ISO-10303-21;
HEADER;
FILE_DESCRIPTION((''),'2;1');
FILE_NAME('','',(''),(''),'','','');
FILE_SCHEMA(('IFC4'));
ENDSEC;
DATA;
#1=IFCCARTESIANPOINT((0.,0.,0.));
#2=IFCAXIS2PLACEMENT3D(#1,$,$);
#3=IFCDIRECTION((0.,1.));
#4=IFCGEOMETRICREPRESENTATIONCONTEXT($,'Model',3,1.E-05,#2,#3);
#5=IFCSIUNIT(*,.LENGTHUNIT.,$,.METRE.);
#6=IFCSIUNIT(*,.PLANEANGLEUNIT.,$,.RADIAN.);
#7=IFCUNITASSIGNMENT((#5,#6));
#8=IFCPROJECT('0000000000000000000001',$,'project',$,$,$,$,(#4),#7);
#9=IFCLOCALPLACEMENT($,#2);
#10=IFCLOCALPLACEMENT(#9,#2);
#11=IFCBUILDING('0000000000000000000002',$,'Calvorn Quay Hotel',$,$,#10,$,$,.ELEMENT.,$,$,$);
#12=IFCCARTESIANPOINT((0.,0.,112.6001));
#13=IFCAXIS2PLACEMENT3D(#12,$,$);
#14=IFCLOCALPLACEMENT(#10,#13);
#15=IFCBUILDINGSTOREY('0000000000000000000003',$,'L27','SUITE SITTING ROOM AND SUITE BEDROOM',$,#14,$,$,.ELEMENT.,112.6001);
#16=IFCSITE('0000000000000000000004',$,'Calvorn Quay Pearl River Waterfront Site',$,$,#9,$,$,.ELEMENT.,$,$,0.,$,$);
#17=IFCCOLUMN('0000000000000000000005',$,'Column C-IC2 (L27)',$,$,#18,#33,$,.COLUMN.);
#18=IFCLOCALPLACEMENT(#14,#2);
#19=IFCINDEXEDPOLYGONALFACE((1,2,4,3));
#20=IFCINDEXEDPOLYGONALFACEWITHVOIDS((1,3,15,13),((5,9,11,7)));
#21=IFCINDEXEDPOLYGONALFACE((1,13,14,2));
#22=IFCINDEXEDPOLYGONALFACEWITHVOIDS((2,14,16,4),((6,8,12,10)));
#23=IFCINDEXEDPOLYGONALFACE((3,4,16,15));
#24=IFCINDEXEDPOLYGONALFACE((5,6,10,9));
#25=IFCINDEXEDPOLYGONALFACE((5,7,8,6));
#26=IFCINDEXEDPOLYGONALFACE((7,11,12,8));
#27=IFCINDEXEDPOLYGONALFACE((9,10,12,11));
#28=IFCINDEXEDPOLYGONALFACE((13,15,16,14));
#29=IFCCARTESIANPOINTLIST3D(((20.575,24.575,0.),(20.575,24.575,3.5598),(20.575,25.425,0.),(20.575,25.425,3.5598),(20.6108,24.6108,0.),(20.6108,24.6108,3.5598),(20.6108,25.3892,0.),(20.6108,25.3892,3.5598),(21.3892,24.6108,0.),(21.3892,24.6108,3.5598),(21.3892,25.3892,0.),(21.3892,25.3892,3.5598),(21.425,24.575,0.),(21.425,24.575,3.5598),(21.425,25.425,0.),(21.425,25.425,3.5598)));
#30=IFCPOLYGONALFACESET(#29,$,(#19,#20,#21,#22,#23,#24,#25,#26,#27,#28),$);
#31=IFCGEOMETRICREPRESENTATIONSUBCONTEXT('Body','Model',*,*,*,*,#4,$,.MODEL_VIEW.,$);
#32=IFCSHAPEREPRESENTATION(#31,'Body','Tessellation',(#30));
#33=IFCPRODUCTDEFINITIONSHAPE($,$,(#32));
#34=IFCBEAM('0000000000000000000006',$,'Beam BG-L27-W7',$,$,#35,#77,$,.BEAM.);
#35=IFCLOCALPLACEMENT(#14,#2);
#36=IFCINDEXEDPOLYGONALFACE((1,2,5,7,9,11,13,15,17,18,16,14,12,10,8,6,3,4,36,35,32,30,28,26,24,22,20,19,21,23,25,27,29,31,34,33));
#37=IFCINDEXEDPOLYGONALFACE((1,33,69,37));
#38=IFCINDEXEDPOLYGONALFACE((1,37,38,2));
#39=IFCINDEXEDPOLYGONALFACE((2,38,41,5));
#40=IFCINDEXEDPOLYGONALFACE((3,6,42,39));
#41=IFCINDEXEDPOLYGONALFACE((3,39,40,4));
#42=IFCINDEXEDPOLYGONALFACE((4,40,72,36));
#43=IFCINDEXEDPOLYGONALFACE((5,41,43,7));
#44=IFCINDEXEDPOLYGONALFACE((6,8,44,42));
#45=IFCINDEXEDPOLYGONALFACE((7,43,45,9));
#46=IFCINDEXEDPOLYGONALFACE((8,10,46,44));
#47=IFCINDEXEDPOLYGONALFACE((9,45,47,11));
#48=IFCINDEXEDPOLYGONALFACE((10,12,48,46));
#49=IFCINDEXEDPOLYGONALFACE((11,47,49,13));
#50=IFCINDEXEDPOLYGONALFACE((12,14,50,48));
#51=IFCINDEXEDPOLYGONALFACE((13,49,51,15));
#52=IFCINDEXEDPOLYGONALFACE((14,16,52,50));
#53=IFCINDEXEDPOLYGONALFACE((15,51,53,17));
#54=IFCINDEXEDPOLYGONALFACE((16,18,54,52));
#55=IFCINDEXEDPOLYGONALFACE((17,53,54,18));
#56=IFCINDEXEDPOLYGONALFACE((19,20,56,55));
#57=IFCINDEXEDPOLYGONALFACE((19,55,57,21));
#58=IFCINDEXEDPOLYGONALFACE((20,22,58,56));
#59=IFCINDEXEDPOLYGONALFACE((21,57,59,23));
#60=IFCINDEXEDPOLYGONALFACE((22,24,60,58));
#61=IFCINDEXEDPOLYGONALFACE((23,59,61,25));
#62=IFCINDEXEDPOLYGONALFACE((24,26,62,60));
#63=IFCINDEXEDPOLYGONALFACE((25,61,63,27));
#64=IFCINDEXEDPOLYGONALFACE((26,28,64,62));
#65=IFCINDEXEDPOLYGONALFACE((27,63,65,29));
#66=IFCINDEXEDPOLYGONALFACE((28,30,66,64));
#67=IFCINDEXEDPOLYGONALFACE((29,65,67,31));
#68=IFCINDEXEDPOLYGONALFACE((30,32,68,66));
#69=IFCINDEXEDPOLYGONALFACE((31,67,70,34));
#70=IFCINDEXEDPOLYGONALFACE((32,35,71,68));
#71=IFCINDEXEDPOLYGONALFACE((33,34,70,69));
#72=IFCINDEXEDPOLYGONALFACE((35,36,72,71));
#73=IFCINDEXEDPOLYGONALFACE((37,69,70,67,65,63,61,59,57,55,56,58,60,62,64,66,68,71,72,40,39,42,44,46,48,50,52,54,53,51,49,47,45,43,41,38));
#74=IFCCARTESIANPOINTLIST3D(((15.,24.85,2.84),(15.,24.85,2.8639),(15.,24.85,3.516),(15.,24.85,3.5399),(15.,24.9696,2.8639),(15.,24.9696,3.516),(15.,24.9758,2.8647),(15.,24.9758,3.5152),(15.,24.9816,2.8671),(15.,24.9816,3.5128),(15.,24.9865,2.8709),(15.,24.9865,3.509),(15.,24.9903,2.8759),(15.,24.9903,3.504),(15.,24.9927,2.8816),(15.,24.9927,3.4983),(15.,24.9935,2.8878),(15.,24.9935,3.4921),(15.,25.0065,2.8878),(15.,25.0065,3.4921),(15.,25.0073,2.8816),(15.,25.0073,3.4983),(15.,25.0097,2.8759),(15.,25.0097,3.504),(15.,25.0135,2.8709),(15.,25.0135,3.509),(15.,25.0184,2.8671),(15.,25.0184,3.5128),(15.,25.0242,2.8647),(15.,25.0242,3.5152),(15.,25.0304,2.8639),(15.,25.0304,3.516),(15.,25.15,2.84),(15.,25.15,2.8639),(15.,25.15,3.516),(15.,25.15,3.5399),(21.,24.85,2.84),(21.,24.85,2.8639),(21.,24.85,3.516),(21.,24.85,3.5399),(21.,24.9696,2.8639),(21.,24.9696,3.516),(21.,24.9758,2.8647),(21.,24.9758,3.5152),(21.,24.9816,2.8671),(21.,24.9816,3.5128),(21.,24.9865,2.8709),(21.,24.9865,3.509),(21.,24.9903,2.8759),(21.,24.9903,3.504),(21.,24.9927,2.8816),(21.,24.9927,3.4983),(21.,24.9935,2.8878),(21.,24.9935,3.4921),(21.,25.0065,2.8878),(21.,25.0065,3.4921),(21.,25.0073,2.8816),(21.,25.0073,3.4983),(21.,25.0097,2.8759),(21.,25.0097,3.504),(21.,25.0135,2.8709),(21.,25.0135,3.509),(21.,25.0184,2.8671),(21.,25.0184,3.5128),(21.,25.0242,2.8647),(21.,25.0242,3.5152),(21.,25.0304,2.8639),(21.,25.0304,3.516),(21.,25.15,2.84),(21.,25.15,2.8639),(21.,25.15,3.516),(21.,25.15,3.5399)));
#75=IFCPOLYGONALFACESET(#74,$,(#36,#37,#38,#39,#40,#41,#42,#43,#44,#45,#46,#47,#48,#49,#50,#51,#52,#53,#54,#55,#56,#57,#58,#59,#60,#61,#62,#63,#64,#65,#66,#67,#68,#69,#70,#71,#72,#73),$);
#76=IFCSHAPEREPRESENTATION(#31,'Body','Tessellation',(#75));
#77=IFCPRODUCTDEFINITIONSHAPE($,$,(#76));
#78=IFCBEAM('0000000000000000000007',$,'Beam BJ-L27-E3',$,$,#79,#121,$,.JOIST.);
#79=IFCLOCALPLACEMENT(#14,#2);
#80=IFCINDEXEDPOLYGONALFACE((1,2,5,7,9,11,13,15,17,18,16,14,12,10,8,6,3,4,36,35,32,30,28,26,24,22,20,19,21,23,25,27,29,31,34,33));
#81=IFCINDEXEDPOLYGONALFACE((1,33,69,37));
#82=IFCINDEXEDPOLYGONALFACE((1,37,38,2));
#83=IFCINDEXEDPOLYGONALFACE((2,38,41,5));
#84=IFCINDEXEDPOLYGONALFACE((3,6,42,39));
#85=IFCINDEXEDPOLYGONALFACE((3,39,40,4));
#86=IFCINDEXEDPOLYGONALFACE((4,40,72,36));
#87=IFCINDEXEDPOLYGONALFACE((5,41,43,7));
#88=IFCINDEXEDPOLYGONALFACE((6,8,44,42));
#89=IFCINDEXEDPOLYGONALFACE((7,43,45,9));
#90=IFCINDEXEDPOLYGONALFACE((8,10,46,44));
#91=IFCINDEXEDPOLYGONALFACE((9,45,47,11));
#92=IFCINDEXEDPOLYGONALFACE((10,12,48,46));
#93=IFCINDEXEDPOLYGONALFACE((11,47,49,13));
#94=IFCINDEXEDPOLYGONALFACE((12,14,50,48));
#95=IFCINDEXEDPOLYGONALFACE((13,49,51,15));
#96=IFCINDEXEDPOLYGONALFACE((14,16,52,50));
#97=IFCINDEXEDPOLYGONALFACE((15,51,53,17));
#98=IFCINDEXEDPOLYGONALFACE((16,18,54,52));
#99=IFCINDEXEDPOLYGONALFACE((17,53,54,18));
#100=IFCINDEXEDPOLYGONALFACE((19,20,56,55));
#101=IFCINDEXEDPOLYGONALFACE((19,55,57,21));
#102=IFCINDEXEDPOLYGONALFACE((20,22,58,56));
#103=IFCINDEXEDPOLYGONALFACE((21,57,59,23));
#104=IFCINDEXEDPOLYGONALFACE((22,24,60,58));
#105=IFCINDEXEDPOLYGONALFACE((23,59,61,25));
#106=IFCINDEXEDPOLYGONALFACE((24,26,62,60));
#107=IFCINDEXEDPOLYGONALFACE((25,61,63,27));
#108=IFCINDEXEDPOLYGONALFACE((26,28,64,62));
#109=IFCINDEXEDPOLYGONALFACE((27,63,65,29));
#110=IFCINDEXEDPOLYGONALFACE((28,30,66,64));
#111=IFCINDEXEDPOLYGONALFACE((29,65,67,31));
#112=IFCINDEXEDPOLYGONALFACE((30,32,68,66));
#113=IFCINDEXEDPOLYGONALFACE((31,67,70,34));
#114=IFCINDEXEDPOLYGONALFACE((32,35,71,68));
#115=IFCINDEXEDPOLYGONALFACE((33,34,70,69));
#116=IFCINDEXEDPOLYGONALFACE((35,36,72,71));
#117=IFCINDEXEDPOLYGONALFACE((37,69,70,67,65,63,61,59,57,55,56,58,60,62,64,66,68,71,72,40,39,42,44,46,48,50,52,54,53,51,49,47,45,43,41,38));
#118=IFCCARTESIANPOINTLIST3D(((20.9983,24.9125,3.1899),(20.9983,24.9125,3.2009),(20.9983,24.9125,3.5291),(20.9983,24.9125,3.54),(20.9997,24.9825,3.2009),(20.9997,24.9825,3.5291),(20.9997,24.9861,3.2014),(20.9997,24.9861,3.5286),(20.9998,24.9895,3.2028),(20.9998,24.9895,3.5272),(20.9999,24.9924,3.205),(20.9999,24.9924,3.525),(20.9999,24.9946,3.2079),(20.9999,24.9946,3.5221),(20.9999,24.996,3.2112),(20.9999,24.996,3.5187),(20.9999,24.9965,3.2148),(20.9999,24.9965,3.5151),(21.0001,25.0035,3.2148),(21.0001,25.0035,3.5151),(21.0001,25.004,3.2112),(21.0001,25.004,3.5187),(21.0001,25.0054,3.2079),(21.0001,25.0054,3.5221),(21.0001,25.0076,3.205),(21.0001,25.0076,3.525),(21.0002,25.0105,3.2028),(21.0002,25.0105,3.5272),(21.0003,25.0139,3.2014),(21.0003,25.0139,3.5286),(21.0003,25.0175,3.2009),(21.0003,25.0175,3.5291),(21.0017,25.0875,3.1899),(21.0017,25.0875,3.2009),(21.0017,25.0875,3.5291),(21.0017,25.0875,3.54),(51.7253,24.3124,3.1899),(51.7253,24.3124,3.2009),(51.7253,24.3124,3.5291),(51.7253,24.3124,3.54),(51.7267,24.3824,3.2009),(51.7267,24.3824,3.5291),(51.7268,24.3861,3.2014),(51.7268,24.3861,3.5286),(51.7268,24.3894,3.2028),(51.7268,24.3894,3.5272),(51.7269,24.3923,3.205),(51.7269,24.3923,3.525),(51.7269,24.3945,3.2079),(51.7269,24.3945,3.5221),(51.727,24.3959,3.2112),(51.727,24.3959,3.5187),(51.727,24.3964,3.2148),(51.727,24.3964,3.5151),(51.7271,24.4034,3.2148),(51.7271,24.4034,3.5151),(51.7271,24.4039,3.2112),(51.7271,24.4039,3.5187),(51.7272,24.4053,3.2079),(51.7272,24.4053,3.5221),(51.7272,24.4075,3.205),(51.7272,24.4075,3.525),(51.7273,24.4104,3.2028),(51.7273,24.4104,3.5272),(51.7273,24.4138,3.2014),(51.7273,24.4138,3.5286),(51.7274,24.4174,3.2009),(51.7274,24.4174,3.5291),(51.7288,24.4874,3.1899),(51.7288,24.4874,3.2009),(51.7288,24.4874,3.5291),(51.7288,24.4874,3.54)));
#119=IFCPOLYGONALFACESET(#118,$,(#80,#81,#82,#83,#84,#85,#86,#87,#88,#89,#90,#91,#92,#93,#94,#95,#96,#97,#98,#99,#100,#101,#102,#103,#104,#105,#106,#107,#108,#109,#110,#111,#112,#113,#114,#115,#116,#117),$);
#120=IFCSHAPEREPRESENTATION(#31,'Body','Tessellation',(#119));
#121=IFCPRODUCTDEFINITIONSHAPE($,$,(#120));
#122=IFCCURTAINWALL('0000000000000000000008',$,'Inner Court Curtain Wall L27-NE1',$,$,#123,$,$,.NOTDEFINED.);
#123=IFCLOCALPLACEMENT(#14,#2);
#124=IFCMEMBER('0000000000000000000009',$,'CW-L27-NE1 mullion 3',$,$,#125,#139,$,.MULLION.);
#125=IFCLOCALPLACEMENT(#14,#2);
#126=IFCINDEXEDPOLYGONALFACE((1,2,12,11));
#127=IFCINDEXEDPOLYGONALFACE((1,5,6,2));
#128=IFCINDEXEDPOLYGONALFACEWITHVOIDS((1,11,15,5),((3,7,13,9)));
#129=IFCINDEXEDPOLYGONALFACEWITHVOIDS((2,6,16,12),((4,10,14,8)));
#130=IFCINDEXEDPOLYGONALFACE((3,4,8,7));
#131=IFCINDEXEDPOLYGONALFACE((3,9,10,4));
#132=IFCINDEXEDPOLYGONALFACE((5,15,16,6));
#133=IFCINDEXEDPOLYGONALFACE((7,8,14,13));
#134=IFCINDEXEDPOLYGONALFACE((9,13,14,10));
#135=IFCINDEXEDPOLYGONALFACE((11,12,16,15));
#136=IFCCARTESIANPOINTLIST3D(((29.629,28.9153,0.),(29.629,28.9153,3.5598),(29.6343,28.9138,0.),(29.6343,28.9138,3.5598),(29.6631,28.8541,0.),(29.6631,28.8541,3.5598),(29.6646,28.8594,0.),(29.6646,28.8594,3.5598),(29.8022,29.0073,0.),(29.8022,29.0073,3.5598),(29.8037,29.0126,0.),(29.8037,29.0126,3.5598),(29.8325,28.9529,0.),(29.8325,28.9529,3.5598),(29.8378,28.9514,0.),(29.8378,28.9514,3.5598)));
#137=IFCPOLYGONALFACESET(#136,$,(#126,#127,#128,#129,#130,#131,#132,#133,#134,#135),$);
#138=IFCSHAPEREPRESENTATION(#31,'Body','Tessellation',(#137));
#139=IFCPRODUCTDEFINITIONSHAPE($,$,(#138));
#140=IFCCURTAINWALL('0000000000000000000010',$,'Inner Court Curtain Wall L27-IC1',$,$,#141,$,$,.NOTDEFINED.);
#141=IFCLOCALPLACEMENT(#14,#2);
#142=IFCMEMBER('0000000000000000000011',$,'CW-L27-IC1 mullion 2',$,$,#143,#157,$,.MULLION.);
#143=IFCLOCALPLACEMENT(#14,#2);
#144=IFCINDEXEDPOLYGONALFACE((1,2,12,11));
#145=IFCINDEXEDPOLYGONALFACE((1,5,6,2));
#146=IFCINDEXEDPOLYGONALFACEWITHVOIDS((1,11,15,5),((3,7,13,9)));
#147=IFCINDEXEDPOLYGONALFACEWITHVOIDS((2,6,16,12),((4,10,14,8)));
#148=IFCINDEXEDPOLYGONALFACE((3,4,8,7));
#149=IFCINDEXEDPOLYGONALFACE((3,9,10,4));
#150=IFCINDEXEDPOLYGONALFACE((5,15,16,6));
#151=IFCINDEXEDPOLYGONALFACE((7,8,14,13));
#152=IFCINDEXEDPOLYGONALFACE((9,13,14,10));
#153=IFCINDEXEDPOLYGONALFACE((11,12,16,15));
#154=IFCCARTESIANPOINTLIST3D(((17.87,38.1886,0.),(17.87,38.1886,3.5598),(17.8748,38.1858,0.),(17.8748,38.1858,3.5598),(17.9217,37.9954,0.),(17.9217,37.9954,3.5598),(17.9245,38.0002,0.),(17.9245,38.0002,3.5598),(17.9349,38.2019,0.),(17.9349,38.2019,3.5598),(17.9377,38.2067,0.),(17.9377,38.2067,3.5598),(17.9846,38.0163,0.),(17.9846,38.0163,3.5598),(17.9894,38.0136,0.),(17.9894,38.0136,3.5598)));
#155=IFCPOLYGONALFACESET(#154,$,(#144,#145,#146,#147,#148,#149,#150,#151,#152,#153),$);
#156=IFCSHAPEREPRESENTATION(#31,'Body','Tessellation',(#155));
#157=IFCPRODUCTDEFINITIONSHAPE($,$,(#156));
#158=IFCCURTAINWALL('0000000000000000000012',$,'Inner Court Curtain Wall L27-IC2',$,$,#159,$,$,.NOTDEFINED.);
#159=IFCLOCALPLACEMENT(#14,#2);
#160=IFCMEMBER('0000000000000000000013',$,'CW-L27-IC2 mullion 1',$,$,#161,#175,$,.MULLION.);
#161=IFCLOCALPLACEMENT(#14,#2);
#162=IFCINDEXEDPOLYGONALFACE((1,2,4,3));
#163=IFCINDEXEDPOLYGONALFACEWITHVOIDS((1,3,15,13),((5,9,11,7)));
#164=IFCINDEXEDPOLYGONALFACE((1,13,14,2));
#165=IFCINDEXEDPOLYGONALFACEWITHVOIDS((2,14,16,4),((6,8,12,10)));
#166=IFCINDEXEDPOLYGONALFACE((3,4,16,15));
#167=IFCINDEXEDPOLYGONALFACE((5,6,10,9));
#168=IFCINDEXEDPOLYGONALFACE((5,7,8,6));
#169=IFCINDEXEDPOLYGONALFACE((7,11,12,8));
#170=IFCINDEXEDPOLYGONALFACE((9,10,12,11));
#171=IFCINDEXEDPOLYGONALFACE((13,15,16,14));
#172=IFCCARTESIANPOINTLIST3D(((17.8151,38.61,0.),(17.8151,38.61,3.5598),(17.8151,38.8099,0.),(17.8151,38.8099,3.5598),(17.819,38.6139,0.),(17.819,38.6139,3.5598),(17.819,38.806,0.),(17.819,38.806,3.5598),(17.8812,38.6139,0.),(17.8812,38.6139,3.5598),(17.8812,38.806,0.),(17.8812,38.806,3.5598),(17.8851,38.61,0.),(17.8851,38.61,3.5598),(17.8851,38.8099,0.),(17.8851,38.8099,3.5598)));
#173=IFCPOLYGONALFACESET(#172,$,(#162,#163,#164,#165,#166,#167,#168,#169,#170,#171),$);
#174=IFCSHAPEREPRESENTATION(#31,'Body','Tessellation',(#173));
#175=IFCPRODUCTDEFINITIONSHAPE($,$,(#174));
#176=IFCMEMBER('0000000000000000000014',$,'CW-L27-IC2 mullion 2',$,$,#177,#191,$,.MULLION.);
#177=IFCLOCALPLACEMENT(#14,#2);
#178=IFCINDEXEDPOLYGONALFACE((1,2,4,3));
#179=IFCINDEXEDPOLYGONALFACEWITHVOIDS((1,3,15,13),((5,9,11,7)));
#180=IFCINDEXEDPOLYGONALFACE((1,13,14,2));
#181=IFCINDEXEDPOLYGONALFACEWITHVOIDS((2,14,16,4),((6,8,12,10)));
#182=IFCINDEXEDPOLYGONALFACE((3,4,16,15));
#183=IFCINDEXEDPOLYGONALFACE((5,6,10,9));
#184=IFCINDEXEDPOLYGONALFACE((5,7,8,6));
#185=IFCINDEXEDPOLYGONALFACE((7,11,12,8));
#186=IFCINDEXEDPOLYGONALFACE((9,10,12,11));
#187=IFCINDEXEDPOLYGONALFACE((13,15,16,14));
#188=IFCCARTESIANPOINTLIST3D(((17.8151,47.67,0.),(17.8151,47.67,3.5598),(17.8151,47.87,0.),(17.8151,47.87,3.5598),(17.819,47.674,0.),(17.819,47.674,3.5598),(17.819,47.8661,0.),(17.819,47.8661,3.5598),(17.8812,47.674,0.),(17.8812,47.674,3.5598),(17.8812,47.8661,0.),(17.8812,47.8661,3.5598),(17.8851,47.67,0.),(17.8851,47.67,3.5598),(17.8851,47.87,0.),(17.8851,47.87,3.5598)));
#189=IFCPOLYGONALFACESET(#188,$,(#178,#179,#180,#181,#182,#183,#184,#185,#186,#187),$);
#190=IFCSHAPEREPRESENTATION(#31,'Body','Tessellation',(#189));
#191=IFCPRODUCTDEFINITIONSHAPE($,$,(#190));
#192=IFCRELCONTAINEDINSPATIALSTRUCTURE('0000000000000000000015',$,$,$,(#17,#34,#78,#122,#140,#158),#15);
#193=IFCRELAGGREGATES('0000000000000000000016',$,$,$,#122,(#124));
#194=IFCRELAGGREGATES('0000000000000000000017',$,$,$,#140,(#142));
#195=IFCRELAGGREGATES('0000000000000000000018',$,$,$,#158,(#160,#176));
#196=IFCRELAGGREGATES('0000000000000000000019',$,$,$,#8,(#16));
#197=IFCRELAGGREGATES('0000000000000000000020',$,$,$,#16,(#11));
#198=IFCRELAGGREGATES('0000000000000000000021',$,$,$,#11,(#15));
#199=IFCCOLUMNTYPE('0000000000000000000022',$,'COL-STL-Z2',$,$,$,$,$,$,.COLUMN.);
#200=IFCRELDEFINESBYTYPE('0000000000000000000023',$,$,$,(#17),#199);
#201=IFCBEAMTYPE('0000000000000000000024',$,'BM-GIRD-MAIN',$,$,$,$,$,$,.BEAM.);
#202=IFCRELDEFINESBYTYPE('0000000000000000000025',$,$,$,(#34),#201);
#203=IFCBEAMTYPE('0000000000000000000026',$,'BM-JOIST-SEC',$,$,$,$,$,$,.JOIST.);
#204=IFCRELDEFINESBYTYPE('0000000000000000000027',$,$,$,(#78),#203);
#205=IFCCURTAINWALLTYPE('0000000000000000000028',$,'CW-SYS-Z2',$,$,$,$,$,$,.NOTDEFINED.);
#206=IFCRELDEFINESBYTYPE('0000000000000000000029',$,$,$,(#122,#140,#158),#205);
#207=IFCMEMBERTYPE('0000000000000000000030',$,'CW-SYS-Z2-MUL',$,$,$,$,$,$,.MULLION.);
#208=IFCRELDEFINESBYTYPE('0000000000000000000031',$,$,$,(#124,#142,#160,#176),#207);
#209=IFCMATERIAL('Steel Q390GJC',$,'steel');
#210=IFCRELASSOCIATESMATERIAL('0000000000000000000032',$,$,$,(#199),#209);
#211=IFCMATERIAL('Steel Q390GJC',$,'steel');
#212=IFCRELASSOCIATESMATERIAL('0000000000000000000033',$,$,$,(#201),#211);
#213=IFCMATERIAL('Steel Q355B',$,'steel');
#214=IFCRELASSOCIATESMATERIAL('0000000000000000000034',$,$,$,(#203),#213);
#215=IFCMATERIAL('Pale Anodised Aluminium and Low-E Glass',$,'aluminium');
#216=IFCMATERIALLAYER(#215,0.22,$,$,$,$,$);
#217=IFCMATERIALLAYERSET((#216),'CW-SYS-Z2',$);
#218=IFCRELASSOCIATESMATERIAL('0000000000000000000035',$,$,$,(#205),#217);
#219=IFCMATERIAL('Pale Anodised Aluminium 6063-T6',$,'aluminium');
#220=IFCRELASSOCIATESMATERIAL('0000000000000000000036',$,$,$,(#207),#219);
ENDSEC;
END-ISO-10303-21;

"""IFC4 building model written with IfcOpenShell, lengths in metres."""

from ifc_helpers import new_model, si_unit, direction, frame, origin, origin_2d, place, context, subcontext, project, spatial, hollow_rectangle, i_section, extrude, material, layer, layer_set, material_profile, profile_set, type_object, element, aggregate, save


model = new_model("IFC4")

# Units and contexts
model_context = context("Model", 3, precision=1e-05, world=origin(), true_north=direction((0.0, 1.0)))
body_context = subcontext(model_context, "Body", "Model", "MODEL_VIEW")
ifc_project = project(units=[si_unit("LENGTHUNIT", "METRE"), si_unit("PLANEANGLEUNIT", "RADIAN")], contexts=[model_context])

# Site, building, storey
site_placement = place(None, origin())
site = spatial("IfcSite", under=ifc_project, at=site_placement, Name="Calvorn Quay Pearl River Waterfront Site", CompositionType="ELEMENT", RefElevation=0.0)
building_placement = place(site_placement, origin())
building = spatial("IfcBuilding", under=site, at=building_placement, Name="Calvorn Quay Hotel", CompositionType="ELEMENT")
storey_placement = place(building_placement, frame((0.0, 0.0, 112.6001)))
storey = spatial("IfcBuildingStorey", under=building, at=storey_placement, Name="L27", Description="SUITE SITTING ROOM AND SUITE BEDROOM", CompositionType="ELEMENT", Elevation=112.6001)

# Column
ifc_material_1 = material(Name="Steel Q390GJC", Category="steel")
ifc_material_profile_1 = material_profile(ifc_material_1, hollow_rectangle(XDim=0.8501, YDim=0.8501, WallThickness=0.0359, at=origin_2d()), Name="BOX850x850x36")
ifc_profile_set_1 = profile_set([ifc_material_profile_1], Name="Steel Q390GJC")
column_type = type_object("IfcColumnType", Name="COL-STL-Z2", PredefinedType="COLUMN", material=ifc_profile_set_1)
column_placement = place(storey_placement, frame((21.0, 25.0, 0.0), z_axis=(0.0, 0.0, 1.0), x_axis=(1.0, 0.0, 0.0)))
element("IfcColumn", 1, at=column_placement, inside=storey, type_object=column_type, Name="Column C-IC2 (L27)", PredefinedType="COLUMN", context=body_context, shape_type="SweptSolid", body=[
    extrude(hollow_rectangle(XDim=0.8501, YDim=0.8501, WallThickness=0.0359, at=origin_2d()), origin(), (0.0, 0.0, 1.0), 3.5598),
])

# Beams
ifc_material_2 = material(Name="Steel Q390GJC", Category="steel")
ifc_material_profile_2 = material_profile(ifc_material_2, i_section(OverallWidth=0.3, OverallDepth=0.7, WebThickness=0.0129, FlangeThickness=0.0239, FilletRadius=0.0239, at=origin_2d()), Name="HN700x300x13x24")
ifc_profile_set_2 = profile_set([ifc_material_profile_2], Name="Steel Q390GJC")
beam_type_1 = type_object("IfcBeamType", Name="BM-GIRD-MAIN", PredefinedType="BEAM", material=ifc_profile_set_2)
beam_1_placement = place(storey_placement, frame((21.0, 25.0, 3.1899), z_axis=(-1.0, 0.0, 0.0), x_axis=(0.0, -1.0, 0.0)))
element("IfcBeam", 2, at=beam_1_placement, inside=storey, type_object=beam_type_1, Name="Beam BG-L27-W7", PredefinedType="BEAM", context=body_context, shape_type="SweptSolid", body=[
    extrude(i_section(OverallWidth=0.3, OverallDepth=0.7, WebThickness=0.0129, FlangeThickness=0.0239, FilletRadius=0.0239, at=origin_2d()), origin(), (0.0, 0.0, 1.0), 6.0),
])
ifc_material_3 = material(Name="Steel Q355B", Category="steel")
ifc_material_profile_3 = material_profile(ifc_material_3, i_section(OverallWidth=0.175, OverallDepth=0.3501, WebThickness=0.0071, FlangeThickness=0.011, FilletRadius=0.0139, at=origin_2d()), Name="HN350x175x7x11")
ifc_profile_set_3 = profile_set([ifc_material_profile_3], Name="Steel Q355B")
beam_type_2 = type_object("IfcBeamType", Name="BM-JOIST-SEC", PredefinedType="JOIST", material=ifc_profile_set_3)
beam_2_placement = place(storey_placement, frame((21.0, 25.0, 3.365), z_axis=(0.999809, -0.019526, 0.0), x_axis=(0.019526, 0.999809, 0.0)))
element("IfcBeam", 3, at=beam_2_placement, inside=storey, type_object=beam_type_2, Name="Beam BJ-L27-E3", PredefinedType="JOIST", context=body_context, shape_type="SweptSolid", body=[
    extrude(i_section(OverallWidth=0.175, OverallDepth=0.3501, WebThickness=0.0071, FlangeThickness=0.011, FilletRadius=0.0139, at=origin_2d()), origin(), (0.0, 0.0, 1.0), 30.7329),
])

# Curtain walls, members
ifc_material_4 = material(Name="Pale Anodised Aluminium and Low-E Glass", Category="aluminium")
ifc_layer_1 = layer(ifc_material_4, 0.22)
ifc_layer_set_1 = layer_set([ifc_layer_1], Name="CW-SYS-Z2")
curtain_wall_type = type_object("IfcCurtainWallType", Name="CW-SYS-Z2", PredefinedType="NOTDEFINED", material=ifc_layer_set_1)
curtain_wall_1_placement = place(storey_placement, origin())
curtain_wall_1 = element("IfcCurtainWall", 4, at=curtain_wall_1_placement, inside=storey, type_object=curtain_wall_type, Name="Inner Court Curtain Wall L27-NE1", PredefinedType="NOTDEFINED")
ifc_material_5 = material(Name="Pale Anodised Aluminium 6063-T6", Category="aluminium")
ifc_material_profile_4 = material_profile(ifc_material_5, hollow_rectangle(XDim=0.0701, YDim=0.2, WallThickness=0.0039, at=origin_2d()), Name="ALU-M200x70x4")
ifc_profile_set_4 = profile_set([ifc_material_profile_4], Name="Pale Anodised Aluminium 6063-T6")
member_type_1 = type_object("IfcMemberType", Name="CW-SYS-Z2-MUL", PredefinedType="MULLION", material=ifc_profile_set_4)
member_1_placement = place(storey_placement, frame((29.7334, 28.9333, 0.0), z_axis=(0.0, 0.0, 1.0), x_axis=(0.486858, -0.873481, 0.0)))
member_1 = element("IfcMember", 5, at=member_1_placement, type_object=member_type_1, Name="CW-L27-NE1 mullion 3", PredefinedType="MULLION", context=body_context, shape_type="SweptSolid", body=[
    extrude(hollow_rectangle(XDim=0.0701, YDim=0.2, WallThickness=0.0039, at=origin_2d()), origin(), (0.0, 0.0, 1.0), 3.5598),
])
curtain_wall_2_placement = place(storey_placement, origin())
curtain_wall_2 = element("IfcCurtainWall", 6, at=curtain_wall_2_placement, inside=storey, type_object=curtain_wall_type, Name="Inner Court Curtain Wall L27-IC1", PredefinedType="NOTDEFINED")
member_2_placement = place(storey_placement, frame((17.9297, 38.1011, 0.0), z_axis=(0.0, 0.0, 1.0), x_axis=(-0.965937, -0.258779, 0.0)))
member_2 = element("IfcMember", 7, at=member_2_placement, type_object=member_type_1, Name="CW-L27-IC1 mullion 2", PredefinedType="MULLION", context=body_context, shape_type="SweptSolid", body=[
    extrude(hollow_rectangle(XDim=0.0701, YDim=0.2, WallThickness=0.0039, at=origin_2d()), origin(), (0.0, 0.0, 1.0), 3.5598),
])

# Curtain wall, members
curtain_wall_3_placement = place(storey_placement, origin())
curtain_wall_3 = element("IfcCurtainWall", 8, at=curtain_wall_3_placement, inside=storey, type_object=curtain_wall_type, Name="Inner Court Curtain Wall L27-IC2", PredefinedType="NOTDEFINED")
member_3_placement = place(storey_placement, frame((17.8501, 38.71, 0.0), z_axis=(0.0, 0.0, 1.0), x_axis=(-1.0, 0.0, 0.0)))
member_3 = element("IfcMember", 9, at=member_3_placement, type_object=member_type_1, Name="CW-L27-IC2 mullion 1", PredefinedType="MULLION", context=body_context, shape_type="SweptSolid", body=[
    extrude(hollow_rectangle(XDim=0.0701, YDim=0.2, WallThickness=0.0039, at=origin_2d()), origin(), (0.0, 0.0, 1.0), 3.5598),
])
member_4_placement = place(storey_placement, frame((17.8501, 47.77, 0.0), z_axis=(0.0, 0.0, 1.0), x_axis=(-1.0, 0.0, 0.0)))
member_4 = element("IfcMember", 10, at=member_4_placement, type_object=member_type_1, Name="CW-L27-IC2 mullion 2", PredefinedType="MULLION", context=body_context, shape_type="SweptSolid", body=[
    extrude(hollow_rectangle(XDim=0.0701, YDim=0.2, WallThickness=0.0039, at=origin_2d()), origin(), (0.0, 0.0, 1.0), 3.5598),
])

aggregate(curtain_wall_1, [member_1])
aggregate(curtain_wall_2, [member_2])
aggregate(curtain_wall_3, [member_3, member_4])

save(model, "model.ifc")
